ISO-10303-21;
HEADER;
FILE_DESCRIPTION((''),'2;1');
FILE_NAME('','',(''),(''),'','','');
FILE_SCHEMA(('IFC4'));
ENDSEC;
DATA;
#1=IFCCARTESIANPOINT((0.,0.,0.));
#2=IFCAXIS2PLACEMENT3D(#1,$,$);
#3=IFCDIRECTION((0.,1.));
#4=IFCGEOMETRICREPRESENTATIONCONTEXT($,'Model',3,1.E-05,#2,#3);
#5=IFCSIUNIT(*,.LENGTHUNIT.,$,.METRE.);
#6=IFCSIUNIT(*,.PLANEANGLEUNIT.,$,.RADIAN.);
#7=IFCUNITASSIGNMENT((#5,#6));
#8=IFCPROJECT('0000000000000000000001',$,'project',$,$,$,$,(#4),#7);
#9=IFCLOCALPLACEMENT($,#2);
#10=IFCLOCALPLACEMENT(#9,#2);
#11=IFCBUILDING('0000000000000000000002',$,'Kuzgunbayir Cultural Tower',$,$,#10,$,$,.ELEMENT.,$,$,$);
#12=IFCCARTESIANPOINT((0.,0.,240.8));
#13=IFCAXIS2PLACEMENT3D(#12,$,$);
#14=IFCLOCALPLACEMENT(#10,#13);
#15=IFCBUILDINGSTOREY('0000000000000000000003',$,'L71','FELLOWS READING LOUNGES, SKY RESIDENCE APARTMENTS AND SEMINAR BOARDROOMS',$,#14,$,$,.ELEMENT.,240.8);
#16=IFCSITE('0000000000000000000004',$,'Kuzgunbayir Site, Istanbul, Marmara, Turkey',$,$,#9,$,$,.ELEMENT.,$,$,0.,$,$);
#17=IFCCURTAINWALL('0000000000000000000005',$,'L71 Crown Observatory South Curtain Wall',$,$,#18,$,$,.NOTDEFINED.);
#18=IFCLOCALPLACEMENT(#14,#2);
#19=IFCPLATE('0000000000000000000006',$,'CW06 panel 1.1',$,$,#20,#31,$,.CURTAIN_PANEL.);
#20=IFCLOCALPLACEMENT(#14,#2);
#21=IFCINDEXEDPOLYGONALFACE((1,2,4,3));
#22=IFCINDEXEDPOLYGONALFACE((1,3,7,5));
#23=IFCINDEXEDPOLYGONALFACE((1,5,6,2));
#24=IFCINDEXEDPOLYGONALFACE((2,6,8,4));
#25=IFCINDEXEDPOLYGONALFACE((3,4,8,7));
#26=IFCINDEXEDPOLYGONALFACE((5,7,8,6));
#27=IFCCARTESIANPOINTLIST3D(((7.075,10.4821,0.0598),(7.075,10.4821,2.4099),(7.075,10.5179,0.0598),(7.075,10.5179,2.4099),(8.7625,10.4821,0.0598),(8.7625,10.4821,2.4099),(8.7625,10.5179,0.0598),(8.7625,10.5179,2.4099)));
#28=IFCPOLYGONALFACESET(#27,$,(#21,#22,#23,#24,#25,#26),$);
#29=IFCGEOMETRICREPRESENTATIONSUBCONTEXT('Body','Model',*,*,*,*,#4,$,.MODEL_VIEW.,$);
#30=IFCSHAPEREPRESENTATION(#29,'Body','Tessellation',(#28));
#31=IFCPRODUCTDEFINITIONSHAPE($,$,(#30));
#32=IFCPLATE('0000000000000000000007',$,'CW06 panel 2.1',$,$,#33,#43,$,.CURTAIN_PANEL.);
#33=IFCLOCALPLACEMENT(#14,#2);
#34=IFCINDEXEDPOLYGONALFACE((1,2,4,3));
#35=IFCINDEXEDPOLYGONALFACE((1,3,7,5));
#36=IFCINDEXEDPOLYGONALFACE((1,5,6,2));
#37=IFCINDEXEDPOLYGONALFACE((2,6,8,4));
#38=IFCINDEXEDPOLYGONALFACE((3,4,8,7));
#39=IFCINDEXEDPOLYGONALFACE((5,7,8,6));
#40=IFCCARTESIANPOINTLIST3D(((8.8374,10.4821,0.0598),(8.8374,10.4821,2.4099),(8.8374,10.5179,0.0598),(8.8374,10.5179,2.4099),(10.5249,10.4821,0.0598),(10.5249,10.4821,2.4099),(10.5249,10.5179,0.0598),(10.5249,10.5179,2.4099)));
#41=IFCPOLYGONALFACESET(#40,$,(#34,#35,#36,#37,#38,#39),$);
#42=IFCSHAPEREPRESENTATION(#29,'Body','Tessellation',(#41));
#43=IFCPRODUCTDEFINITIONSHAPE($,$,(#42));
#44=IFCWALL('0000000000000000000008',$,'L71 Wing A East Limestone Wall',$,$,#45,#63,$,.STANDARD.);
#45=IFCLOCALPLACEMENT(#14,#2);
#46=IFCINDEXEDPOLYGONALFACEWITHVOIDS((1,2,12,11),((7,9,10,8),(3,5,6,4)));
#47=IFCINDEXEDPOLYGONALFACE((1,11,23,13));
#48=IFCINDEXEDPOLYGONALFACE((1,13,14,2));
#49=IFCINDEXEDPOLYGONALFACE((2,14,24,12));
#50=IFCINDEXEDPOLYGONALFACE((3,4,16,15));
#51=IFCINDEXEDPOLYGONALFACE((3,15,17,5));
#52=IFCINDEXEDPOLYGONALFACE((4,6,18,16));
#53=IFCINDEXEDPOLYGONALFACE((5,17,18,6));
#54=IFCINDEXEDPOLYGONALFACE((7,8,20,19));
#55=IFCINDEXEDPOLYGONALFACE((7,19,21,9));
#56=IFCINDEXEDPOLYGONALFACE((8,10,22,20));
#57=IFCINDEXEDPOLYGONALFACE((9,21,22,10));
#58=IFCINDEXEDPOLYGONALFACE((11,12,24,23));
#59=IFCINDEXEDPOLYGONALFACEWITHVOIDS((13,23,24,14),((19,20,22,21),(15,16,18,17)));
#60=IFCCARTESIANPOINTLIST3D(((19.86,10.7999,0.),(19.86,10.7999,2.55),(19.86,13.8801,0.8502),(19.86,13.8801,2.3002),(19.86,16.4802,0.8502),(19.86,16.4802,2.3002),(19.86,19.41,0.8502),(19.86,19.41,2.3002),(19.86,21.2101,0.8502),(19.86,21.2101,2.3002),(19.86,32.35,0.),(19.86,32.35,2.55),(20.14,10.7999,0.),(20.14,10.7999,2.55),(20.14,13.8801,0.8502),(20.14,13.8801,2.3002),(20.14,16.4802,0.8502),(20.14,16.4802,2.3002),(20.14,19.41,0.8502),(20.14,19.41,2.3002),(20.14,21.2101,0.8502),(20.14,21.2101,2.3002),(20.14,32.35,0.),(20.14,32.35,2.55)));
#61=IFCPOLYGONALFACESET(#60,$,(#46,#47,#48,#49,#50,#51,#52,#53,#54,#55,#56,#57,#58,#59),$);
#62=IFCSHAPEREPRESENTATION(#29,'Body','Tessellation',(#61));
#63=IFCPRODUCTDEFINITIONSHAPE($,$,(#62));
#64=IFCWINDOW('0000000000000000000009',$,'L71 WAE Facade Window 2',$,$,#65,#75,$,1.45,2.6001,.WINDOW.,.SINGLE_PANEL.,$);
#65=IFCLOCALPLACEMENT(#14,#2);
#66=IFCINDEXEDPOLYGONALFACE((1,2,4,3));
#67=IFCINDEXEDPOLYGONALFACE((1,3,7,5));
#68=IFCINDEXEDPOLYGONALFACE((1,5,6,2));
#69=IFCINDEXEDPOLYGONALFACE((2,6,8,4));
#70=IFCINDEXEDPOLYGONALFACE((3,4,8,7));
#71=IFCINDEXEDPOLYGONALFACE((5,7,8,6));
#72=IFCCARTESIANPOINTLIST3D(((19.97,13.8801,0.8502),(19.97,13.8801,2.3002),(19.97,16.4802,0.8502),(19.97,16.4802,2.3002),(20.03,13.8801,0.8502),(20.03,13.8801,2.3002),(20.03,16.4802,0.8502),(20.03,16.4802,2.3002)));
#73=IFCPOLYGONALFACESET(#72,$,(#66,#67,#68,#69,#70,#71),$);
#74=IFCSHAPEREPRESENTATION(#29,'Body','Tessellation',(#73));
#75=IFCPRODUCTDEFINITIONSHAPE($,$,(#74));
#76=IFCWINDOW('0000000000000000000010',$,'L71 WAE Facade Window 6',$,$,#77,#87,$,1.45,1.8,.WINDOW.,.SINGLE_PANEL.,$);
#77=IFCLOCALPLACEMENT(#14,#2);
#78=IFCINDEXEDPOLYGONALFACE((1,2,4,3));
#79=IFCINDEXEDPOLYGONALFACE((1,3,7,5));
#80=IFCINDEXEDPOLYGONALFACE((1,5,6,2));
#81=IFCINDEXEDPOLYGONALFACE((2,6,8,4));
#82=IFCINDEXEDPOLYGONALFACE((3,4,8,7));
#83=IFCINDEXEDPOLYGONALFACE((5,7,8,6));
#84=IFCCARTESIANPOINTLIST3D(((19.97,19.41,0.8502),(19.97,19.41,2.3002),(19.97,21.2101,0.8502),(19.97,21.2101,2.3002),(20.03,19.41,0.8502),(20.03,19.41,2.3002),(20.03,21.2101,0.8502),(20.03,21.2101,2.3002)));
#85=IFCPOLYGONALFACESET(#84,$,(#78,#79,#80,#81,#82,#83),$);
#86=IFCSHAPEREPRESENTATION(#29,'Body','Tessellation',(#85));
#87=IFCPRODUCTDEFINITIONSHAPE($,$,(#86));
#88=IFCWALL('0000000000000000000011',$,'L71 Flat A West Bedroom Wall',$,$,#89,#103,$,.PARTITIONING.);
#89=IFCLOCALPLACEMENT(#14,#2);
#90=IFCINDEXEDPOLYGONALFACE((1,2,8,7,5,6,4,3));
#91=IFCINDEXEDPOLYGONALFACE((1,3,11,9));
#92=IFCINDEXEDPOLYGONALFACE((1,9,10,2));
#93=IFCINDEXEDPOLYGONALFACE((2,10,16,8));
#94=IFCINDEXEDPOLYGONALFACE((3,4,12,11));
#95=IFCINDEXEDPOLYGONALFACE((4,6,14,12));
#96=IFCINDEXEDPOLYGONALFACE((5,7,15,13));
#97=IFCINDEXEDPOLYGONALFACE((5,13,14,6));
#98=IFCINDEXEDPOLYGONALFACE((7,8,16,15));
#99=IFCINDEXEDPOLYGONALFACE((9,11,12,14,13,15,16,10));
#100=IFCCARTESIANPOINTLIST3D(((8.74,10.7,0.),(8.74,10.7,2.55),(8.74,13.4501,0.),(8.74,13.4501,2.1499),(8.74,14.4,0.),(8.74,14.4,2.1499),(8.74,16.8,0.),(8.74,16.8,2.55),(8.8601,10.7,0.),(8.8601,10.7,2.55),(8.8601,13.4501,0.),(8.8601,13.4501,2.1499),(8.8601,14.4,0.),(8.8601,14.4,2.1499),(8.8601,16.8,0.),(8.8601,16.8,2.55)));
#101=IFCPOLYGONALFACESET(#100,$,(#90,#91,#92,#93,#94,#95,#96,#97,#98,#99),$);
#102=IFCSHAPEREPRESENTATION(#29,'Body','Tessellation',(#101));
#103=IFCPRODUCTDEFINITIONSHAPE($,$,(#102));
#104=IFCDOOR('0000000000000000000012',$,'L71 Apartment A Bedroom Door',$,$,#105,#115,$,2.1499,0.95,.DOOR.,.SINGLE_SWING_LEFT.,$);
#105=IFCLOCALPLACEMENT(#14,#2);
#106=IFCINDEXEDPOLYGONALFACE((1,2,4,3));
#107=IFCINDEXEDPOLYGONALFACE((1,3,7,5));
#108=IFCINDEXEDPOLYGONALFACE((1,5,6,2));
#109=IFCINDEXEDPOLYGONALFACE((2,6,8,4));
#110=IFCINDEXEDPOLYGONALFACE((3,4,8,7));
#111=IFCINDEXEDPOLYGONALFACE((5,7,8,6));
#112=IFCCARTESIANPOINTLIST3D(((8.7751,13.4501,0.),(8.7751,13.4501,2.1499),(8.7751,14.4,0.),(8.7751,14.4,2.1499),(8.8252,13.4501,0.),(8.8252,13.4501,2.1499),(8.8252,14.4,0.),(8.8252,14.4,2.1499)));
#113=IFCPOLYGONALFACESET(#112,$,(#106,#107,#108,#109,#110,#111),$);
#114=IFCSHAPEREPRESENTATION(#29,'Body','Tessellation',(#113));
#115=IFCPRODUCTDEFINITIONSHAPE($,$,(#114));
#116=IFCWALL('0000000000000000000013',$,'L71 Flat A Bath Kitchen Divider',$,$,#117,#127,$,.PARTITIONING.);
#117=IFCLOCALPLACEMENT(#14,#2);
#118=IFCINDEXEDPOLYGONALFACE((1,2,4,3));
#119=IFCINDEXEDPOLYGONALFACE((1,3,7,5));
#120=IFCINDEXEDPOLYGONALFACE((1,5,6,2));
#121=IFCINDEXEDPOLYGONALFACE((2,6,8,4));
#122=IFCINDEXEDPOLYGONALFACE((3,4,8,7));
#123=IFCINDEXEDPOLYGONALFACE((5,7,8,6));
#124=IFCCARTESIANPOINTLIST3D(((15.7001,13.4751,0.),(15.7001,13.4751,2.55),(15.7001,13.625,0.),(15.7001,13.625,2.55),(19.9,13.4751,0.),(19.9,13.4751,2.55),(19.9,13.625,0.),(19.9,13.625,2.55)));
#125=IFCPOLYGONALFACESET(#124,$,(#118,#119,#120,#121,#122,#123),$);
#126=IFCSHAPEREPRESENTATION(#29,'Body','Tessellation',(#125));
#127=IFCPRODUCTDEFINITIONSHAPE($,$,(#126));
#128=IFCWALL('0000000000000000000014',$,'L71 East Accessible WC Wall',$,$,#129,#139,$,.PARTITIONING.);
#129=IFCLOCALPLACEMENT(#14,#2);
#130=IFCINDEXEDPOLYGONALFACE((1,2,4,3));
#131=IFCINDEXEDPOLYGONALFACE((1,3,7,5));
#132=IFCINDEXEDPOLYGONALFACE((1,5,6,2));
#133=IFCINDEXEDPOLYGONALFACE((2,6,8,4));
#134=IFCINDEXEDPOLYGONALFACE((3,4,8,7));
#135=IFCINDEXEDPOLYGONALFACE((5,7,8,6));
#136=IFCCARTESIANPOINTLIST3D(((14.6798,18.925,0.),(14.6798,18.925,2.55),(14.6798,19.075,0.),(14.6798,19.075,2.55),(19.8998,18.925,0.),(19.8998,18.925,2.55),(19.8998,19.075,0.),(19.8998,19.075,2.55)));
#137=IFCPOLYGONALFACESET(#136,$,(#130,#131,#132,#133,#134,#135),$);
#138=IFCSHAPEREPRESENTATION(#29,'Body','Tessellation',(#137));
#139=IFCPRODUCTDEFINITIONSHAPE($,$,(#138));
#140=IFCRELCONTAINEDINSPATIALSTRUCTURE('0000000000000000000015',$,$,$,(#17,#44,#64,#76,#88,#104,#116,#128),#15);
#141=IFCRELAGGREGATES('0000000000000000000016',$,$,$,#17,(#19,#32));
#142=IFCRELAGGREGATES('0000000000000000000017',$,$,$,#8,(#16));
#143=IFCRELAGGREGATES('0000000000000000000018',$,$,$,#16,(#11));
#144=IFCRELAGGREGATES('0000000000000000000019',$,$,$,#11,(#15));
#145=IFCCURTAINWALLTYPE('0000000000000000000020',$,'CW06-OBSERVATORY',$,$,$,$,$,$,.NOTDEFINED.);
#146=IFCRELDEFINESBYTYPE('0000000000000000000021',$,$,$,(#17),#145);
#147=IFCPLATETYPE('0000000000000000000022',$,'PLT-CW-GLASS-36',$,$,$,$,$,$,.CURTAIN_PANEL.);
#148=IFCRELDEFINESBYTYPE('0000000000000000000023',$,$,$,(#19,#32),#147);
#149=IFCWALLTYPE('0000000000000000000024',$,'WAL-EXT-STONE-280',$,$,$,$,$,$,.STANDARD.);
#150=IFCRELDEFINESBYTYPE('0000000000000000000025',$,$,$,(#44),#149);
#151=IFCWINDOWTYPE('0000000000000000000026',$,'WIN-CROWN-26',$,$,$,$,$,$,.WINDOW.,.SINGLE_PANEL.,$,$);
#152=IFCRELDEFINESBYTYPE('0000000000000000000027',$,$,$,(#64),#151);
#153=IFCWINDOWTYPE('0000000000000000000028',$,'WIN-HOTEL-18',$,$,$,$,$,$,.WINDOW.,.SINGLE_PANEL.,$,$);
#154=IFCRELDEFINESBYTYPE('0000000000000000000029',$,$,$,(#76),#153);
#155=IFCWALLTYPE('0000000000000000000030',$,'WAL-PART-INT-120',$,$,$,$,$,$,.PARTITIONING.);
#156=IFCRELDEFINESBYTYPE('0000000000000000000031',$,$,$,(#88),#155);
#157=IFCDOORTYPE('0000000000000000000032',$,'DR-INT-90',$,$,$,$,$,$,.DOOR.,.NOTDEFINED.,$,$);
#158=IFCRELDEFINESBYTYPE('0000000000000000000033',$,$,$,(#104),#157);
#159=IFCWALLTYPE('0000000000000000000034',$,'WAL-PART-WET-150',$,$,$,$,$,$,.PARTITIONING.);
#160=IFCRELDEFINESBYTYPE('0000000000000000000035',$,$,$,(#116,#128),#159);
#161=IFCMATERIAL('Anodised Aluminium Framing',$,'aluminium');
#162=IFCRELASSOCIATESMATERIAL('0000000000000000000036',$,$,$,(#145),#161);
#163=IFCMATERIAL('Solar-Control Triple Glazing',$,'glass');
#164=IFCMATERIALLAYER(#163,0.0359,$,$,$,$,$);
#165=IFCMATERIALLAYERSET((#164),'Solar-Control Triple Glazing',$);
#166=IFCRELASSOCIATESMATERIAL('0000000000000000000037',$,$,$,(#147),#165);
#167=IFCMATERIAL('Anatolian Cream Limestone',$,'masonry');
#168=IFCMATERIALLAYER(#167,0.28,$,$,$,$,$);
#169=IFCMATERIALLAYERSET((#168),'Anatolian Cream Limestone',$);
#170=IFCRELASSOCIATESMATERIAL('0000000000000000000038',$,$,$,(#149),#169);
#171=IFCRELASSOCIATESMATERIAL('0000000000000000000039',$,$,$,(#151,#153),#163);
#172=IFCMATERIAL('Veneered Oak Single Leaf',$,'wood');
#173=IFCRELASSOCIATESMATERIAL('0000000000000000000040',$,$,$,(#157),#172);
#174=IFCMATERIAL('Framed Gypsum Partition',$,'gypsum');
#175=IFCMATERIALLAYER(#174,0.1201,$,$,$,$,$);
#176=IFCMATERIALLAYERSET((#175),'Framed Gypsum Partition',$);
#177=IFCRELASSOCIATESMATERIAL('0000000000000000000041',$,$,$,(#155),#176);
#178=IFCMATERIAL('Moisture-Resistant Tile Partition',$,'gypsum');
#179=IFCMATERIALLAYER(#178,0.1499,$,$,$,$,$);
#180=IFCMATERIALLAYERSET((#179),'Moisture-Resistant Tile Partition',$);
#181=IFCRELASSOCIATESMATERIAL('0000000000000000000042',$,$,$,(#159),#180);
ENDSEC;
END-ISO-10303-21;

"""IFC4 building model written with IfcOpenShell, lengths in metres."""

from ifc_helpers import new_model, si_unit, direction, frame, frame_2d, origin, origin_2d, place, context, subcontext, project, spatial, rectangle, extrude, material, layer, layer_set, type_object, element, fill, aggregate, save


model = new_model("IFC4")

# Units and contexts
model_context = context("Model", 3, precision=1e-05, world=origin(), true_north=direction((0.0, 1.0)))
body_context = subcontext(model_context, "Body", "Model", "MODEL_VIEW")
ifc_project = project(units=[si_unit("LENGTHUNIT", "METRE"), si_unit("PLANEANGLEUNIT", "RADIAN")], contexts=[model_context])

# Site, building, storey
site_placement = place(None, origin())
site = spatial("IfcSite", under=ifc_project, at=site_placement, Name="Kuzgunbayir Site, Istanbul, Marmara, Turkey", CompositionType="ELEMENT", RefElevation=0.0)
building_placement = place(site_placement, origin())
building = spatial("IfcBuilding", under=site, at=building_placement, Name="Kuzgunbayir Cultural Tower", CompositionType="ELEMENT")
storey_placement = place(building_placement, frame((0.0, 0.0, 240.8)))
storey = spatial("IfcBuildingStorey", under=building, at=storey_placement, Name="L71", Description="FELLOWS READING LOUNGES, SKY RESIDENCE APARTMENTS AND SEMINAR BOARDROOMS", CompositionType="ELEMENT", Elevation=240.8)

# Curtain wall, plates
ifc_material_1 = material(Name="Anodised Aluminium Framing", Category="aluminium")
curtain_wall_type = type_object("IfcCurtainWallType", Name="CW06-OBSERVATORY", PredefinedType="NOTDEFINED", material=ifc_material_1)
curtain_wall_placement = place(storey_placement, origin())
curtain_wall = element("IfcCurtainWall", 1, at=curtain_wall_placement, inside=storey, type_object=curtain_wall_type, Name="L71 Crown Observatory South Curtain Wall", PredefinedType="NOTDEFINED")
ifc_material_2 = material(Name="Solar-Control Triple Glazing", Category="glass")
ifc_layer_1 = layer(ifc_material_2, 0.0359)
ifc_layer_set_1 = layer_set([ifc_layer_1], Name="Solar-Control Triple Glazing")
plate_type = type_object("IfcPlateType", Name="PLT-CW-GLASS-36", PredefinedType="CURTAIN_PANEL", material=ifc_layer_set_1)
plate_1_placement = place(storey_placement, frame((7.9187, 10.5, 0.0598), z_axis=(0.0, 0.0, 1.0), x_axis=(1.0, 0.0, 0.0)))
plate_1 = element("IfcPlate", 2, at=plate_1_placement, type_object=plate_type, Name="CW06 panel 1.1", PredefinedType="CURTAIN_PANEL", context=body_context, shape_type="SweptSolid", body=[
    extrude(rectangle(XDim=1.6875, YDim=0.0359, at=origin_2d()), origin(), (0.0, 0.0, 1.0), 2.3501),
])
plate_2_placement = place(storey_placement, frame((9.6812, 10.5, 0.0598), z_axis=(0.0, 0.0, 1.0), x_axis=(1.0, 0.0, 0.0)))
plate_2 = element("IfcPlate", 3, at=plate_2_placement, type_object=plate_type, Name="CW06 panel 2.1", PredefinedType="CURTAIN_PANEL", context=body_context, shape_type="SweptSolid", body=[
    extrude(rectangle(XDim=1.6875, YDim=0.0359, at=origin_2d()), origin(), (0.0, 0.0, 1.0), 2.3501),
])
aggregate(curtain_wall, [plate_1, plate_2])

# Wall, openings, windows
ifc_material_3 = material(Name="Anatolian Cream Limestone", Category="masonry")
ifc_layer_2 = layer(ifc_material_3, 0.28)
ifc_layer_set_2 = layer_set([ifc_layer_2], Name="Anatolian Cream Limestone")
wall_type_1 = type_object("IfcWallType", Name="WAL-EXT-STONE-280", PredefinedType="STANDARD", material=ifc_layer_set_2)
wall_1_placement = place(storey_placement, frame((20.0, 10.8, 0.0), z_axis=(0.0, 0.0, 1.0), x_axis=(0.0, 1.0, 0.0)))
wall_1 = element("IfcWall", 4, at=wall_1_placement, inside=storey, type_object=wall_type_1, Name="L71 Wing A East Limestone Wall", PredefinedType="STANDARD", context=body_context, shape_type="SweptSolid", body=[
    extrude(rectangle(XDim=21.55, YDim=0.28, at=frame_2d((10.7749, 0.0))), origin(), (0.0, 0.0, 1.0), 2.55),
])
opening_1_placement = place(wall_1_placement, frame((3.0801, 0.0, 0.8501)))
opening_1 = element("IfcOpeningElement", 5, at=opening_1_placement, cuts=wall_1, PredefinedType="OPENING", context=body_context, shape_type="SweptSolid", body=[
    extrude(rectangle(XDim=2.6001, YDim=1.45, at=frame_2d((1.3, 0.7251))), frame((0.0, 0.1499, 0.0), z_axis=(0.0, -1.0, 0.0), x_axis=(1.0, 0.0, 0.0)), (0.0, 0.0, 1.0), 0.3),
])
opening_2_placement = place(wall_1_placement, frame((8.6101, 0.0, 0.8501)))
opening_2 = element("IfcOpeningElement", 6, at=opening_2_placement, cuts=wall_1, PredefinedType="OPENING", context=body_context, shape_type="SweptSolid", body=[
    extrude(rectangle(XDim=1.8, YDim=1.45, at=frame_2d((0.8999, 0.7251))), frame((0.0, 0.1499, 0.0), z_axis=(0.0, -1.0, 0.0), x_axis=(1.0, 0.0, 0.0)), (0.0, 0.0, 1.0), 0.3),
])
window_type_1 = type_object("IfcWindowType", Name="WIN-CROWN-26", PartitioningType="SINGLE_PANEL", PredefinedType="WINDOW", material=ifc_material_2)
window_1_placement = place(opening_1_placement, origin())
window_1 = element("IfcWindow", 7, at=window_1_placement, inside=storey, type_object=window_type_1, Name="L71 WAE Facade Window 2", OverallHeight=1.45, OverallWidth=2.6001, PartitioningType="SINGLE_PANEL", PredefinedType="WINDOW", context=body_context, shape_type="SweptSolid", body=[
    extrude(rectangle(XDim=2.6001, YDim=1.45, at=frame_2d((1.3, 0.7251))), frame((0.0, 0.03, 0.0), z_axis=(0.0, -1.0, 0.0), x_axis=(1.0, 0.0, 0.0)), (0.0, 0.0, 1.0), 0.0601),
])
fill(opening_1, window_1)
window_type_2 = type_object("IfcWindowType", Name="WIN-HOTEL-18", PartitioningType="SINGLE_PANEL", PredefinedType="WINDOW", material=ifc_material_2)
window_2_placement = place(opening_2_placement, origin())
window_2 = element("IfcWindow", 8, at=window_2_placement, inside=storey, type_object=window_type_2, Name="L71 WAE Facade Window 6", OverallHeight=1.45, OverallWidth=1.8, PartitioningType="SINGLE_PANEL", PredefinedType="WINDOW", context=body_context, shape_type="SweptSolid", body=[
    extrude(rectangle(XDim=1.8, YDim=1.45, at=frame_2d((0.8999, 0.7251))), frame((0.0, 0.03, 0.0), z_axis=(0.0, -1.0, 0.0), x_axis=(1.0, 0.0, 0.0)), (0.0, 0.0, 1.0), 0.0601),
])
fill(opening_2, window_2)

# Shared definitions
ifc_material_4 = material(Name="Veneered Oak Single Leaf", Category="wood")
door_type_1 = type_object("IfcDoorType", Name="DR-INT-90", OperationType="NOTDEFINED", PredefinedType="DOOR", material=ifc_material_4)

# Wall, opening, door
ifc_material_5 = material(Name="Framed Gypsum Partition", Category="gypsum")
ifc_layer_3 = layer(ifc_material_5, 0.1201)
ifc_layer_set_3 = layer_set([ifc_layer_3], Name="Framed Gypsum Partition")
wall_type_2 = type_object("IfcWallType", Name="WAL-PART-INT-120", PredefinedType="PARTITIONING", material=ifc_layer_set_3)
wall_2_placement = place(storey_placement, frame((8.8, 10.7, 0.0), z_axis=(0.0, 0.0, 1.0), x_axis=(0.0, 1.0, 0.0)))
wall_2 = element("IfcWall", 9, at=wall_2_placement, inside=storey, type_object=wall_type_2, Name="L71 Flat A West Bedroom Wall", PredefinedType="PARTITIONING", context=body_context, shape_type="SweptSolid", body=[
    extrude(rectangle(XDim=6.1001, YDim=0.1201, at=frame_2d((3.05, 0.0))), origin(), (0.0, 0.0, 1.0), 2.55),
])
opening_3_placement = place(wall_2_placement, frame((2.75, 0.0, 0.0)))
opening_3 = element("IfcOpeningElement", 10, at=opening_3_placement, cuts=wall_2, PredefinedType="OPENING", context=body_context, shape_type="SweptSolid", body=[
    extrude(rectangle(XDim=0.95, YDim=2.1499, at=frame_2d((0.4751, 1.075))), frame((0.0, 0.0701, 0.0), z_axis=(0.0, -1.0, 0.0), x_axis=(1.0, 0.0, 0.0)), (0.0, 0.0, 1.0), 0.1401),
])
door_1_placement = place(opening_3_placement, origin())
door_1 = element("IfcDoor", 11, at=door_1_placement, inside=storey, type_object=door_type_1, Name="L71 Apartment A Bedroom Door", OperationType="SINGLE_SWING_LEFT", OverallHeight=2.1499, OverallWidth=0.95, PredefinedType="DOOR", context=body_context, shape_type="SweptSolid", body=[
    extrude(rectangle(XDim=0.95, YDim=2.1499, at=frame_2d((0.4751, 1.075))), frame((0.0, 0.0249, 0.0), z_axis=(0.0, -1.0, 0.0), x_axis=(1.0, 0.0, 0.0)), (0.0, 0.0, 1.0), 0.05),
])
fill(opening_3, door_1)

# Shared definitions
ifc_material_6 = material(Name="Moisture-Resistant Tile Partition", Category="gypsum")
ifc_layer_4 = layer(ifc_material_6, 0.1499)
ifc_layer_set_4 = layer_set([ifc_layer_4], Name="Moisture-Resistant Tile Partition")
wall_type_3 = type_object("IfcWallType", Name="WAL-PART-WET-150", PredefinedType="PARTITIONING", material=ifc_layer_set_4)

# Walls
wall_3_placement = place(storey_placement, frame((15.7, 13.55, 0.0), z_axis=(0.0, 0.0, 1.0), x_axis=(1.0, 0.0, 0.0)))
element("IfcWall", 12, at=wall_3_placement, inside=storey, type_object=wall_type_3, Name="L71 Flat A Bath Kitchen Divider", PredefinedType="PARTITIONING", context=body_context, shape_type="SweptSolid", body=[
    extrude(rectangle(XDim=4.2, YDim=0.1499, at=frame_2d((2.1001, 0.0))), origin(), (0.0, 0.0, 1.0), 2.55),
])
wall_4_placement = place(storey_placement, frame((14.6799, 19.0, 0.0), z_axis=(0.0, 0.0, 1.0), x_axis=(1.0, 0.0, 0.0)))
element("IfcWall", 13, at=wall_4_placement, inside=storey, type_object=wall_type_3, Name="L71 East Accessible WC Wall", PredefinedType="PARTITIONING", context=body_context, shape_type="SweptSolid", body=[
    extrude(rectangle(XDim=5.22, YDim=0.1499, at=frame_2d((2.6099, 0.0))), origin(), (0.0, 0.0, 1.0), 2.55),
])

save(model, "model.ifc")
